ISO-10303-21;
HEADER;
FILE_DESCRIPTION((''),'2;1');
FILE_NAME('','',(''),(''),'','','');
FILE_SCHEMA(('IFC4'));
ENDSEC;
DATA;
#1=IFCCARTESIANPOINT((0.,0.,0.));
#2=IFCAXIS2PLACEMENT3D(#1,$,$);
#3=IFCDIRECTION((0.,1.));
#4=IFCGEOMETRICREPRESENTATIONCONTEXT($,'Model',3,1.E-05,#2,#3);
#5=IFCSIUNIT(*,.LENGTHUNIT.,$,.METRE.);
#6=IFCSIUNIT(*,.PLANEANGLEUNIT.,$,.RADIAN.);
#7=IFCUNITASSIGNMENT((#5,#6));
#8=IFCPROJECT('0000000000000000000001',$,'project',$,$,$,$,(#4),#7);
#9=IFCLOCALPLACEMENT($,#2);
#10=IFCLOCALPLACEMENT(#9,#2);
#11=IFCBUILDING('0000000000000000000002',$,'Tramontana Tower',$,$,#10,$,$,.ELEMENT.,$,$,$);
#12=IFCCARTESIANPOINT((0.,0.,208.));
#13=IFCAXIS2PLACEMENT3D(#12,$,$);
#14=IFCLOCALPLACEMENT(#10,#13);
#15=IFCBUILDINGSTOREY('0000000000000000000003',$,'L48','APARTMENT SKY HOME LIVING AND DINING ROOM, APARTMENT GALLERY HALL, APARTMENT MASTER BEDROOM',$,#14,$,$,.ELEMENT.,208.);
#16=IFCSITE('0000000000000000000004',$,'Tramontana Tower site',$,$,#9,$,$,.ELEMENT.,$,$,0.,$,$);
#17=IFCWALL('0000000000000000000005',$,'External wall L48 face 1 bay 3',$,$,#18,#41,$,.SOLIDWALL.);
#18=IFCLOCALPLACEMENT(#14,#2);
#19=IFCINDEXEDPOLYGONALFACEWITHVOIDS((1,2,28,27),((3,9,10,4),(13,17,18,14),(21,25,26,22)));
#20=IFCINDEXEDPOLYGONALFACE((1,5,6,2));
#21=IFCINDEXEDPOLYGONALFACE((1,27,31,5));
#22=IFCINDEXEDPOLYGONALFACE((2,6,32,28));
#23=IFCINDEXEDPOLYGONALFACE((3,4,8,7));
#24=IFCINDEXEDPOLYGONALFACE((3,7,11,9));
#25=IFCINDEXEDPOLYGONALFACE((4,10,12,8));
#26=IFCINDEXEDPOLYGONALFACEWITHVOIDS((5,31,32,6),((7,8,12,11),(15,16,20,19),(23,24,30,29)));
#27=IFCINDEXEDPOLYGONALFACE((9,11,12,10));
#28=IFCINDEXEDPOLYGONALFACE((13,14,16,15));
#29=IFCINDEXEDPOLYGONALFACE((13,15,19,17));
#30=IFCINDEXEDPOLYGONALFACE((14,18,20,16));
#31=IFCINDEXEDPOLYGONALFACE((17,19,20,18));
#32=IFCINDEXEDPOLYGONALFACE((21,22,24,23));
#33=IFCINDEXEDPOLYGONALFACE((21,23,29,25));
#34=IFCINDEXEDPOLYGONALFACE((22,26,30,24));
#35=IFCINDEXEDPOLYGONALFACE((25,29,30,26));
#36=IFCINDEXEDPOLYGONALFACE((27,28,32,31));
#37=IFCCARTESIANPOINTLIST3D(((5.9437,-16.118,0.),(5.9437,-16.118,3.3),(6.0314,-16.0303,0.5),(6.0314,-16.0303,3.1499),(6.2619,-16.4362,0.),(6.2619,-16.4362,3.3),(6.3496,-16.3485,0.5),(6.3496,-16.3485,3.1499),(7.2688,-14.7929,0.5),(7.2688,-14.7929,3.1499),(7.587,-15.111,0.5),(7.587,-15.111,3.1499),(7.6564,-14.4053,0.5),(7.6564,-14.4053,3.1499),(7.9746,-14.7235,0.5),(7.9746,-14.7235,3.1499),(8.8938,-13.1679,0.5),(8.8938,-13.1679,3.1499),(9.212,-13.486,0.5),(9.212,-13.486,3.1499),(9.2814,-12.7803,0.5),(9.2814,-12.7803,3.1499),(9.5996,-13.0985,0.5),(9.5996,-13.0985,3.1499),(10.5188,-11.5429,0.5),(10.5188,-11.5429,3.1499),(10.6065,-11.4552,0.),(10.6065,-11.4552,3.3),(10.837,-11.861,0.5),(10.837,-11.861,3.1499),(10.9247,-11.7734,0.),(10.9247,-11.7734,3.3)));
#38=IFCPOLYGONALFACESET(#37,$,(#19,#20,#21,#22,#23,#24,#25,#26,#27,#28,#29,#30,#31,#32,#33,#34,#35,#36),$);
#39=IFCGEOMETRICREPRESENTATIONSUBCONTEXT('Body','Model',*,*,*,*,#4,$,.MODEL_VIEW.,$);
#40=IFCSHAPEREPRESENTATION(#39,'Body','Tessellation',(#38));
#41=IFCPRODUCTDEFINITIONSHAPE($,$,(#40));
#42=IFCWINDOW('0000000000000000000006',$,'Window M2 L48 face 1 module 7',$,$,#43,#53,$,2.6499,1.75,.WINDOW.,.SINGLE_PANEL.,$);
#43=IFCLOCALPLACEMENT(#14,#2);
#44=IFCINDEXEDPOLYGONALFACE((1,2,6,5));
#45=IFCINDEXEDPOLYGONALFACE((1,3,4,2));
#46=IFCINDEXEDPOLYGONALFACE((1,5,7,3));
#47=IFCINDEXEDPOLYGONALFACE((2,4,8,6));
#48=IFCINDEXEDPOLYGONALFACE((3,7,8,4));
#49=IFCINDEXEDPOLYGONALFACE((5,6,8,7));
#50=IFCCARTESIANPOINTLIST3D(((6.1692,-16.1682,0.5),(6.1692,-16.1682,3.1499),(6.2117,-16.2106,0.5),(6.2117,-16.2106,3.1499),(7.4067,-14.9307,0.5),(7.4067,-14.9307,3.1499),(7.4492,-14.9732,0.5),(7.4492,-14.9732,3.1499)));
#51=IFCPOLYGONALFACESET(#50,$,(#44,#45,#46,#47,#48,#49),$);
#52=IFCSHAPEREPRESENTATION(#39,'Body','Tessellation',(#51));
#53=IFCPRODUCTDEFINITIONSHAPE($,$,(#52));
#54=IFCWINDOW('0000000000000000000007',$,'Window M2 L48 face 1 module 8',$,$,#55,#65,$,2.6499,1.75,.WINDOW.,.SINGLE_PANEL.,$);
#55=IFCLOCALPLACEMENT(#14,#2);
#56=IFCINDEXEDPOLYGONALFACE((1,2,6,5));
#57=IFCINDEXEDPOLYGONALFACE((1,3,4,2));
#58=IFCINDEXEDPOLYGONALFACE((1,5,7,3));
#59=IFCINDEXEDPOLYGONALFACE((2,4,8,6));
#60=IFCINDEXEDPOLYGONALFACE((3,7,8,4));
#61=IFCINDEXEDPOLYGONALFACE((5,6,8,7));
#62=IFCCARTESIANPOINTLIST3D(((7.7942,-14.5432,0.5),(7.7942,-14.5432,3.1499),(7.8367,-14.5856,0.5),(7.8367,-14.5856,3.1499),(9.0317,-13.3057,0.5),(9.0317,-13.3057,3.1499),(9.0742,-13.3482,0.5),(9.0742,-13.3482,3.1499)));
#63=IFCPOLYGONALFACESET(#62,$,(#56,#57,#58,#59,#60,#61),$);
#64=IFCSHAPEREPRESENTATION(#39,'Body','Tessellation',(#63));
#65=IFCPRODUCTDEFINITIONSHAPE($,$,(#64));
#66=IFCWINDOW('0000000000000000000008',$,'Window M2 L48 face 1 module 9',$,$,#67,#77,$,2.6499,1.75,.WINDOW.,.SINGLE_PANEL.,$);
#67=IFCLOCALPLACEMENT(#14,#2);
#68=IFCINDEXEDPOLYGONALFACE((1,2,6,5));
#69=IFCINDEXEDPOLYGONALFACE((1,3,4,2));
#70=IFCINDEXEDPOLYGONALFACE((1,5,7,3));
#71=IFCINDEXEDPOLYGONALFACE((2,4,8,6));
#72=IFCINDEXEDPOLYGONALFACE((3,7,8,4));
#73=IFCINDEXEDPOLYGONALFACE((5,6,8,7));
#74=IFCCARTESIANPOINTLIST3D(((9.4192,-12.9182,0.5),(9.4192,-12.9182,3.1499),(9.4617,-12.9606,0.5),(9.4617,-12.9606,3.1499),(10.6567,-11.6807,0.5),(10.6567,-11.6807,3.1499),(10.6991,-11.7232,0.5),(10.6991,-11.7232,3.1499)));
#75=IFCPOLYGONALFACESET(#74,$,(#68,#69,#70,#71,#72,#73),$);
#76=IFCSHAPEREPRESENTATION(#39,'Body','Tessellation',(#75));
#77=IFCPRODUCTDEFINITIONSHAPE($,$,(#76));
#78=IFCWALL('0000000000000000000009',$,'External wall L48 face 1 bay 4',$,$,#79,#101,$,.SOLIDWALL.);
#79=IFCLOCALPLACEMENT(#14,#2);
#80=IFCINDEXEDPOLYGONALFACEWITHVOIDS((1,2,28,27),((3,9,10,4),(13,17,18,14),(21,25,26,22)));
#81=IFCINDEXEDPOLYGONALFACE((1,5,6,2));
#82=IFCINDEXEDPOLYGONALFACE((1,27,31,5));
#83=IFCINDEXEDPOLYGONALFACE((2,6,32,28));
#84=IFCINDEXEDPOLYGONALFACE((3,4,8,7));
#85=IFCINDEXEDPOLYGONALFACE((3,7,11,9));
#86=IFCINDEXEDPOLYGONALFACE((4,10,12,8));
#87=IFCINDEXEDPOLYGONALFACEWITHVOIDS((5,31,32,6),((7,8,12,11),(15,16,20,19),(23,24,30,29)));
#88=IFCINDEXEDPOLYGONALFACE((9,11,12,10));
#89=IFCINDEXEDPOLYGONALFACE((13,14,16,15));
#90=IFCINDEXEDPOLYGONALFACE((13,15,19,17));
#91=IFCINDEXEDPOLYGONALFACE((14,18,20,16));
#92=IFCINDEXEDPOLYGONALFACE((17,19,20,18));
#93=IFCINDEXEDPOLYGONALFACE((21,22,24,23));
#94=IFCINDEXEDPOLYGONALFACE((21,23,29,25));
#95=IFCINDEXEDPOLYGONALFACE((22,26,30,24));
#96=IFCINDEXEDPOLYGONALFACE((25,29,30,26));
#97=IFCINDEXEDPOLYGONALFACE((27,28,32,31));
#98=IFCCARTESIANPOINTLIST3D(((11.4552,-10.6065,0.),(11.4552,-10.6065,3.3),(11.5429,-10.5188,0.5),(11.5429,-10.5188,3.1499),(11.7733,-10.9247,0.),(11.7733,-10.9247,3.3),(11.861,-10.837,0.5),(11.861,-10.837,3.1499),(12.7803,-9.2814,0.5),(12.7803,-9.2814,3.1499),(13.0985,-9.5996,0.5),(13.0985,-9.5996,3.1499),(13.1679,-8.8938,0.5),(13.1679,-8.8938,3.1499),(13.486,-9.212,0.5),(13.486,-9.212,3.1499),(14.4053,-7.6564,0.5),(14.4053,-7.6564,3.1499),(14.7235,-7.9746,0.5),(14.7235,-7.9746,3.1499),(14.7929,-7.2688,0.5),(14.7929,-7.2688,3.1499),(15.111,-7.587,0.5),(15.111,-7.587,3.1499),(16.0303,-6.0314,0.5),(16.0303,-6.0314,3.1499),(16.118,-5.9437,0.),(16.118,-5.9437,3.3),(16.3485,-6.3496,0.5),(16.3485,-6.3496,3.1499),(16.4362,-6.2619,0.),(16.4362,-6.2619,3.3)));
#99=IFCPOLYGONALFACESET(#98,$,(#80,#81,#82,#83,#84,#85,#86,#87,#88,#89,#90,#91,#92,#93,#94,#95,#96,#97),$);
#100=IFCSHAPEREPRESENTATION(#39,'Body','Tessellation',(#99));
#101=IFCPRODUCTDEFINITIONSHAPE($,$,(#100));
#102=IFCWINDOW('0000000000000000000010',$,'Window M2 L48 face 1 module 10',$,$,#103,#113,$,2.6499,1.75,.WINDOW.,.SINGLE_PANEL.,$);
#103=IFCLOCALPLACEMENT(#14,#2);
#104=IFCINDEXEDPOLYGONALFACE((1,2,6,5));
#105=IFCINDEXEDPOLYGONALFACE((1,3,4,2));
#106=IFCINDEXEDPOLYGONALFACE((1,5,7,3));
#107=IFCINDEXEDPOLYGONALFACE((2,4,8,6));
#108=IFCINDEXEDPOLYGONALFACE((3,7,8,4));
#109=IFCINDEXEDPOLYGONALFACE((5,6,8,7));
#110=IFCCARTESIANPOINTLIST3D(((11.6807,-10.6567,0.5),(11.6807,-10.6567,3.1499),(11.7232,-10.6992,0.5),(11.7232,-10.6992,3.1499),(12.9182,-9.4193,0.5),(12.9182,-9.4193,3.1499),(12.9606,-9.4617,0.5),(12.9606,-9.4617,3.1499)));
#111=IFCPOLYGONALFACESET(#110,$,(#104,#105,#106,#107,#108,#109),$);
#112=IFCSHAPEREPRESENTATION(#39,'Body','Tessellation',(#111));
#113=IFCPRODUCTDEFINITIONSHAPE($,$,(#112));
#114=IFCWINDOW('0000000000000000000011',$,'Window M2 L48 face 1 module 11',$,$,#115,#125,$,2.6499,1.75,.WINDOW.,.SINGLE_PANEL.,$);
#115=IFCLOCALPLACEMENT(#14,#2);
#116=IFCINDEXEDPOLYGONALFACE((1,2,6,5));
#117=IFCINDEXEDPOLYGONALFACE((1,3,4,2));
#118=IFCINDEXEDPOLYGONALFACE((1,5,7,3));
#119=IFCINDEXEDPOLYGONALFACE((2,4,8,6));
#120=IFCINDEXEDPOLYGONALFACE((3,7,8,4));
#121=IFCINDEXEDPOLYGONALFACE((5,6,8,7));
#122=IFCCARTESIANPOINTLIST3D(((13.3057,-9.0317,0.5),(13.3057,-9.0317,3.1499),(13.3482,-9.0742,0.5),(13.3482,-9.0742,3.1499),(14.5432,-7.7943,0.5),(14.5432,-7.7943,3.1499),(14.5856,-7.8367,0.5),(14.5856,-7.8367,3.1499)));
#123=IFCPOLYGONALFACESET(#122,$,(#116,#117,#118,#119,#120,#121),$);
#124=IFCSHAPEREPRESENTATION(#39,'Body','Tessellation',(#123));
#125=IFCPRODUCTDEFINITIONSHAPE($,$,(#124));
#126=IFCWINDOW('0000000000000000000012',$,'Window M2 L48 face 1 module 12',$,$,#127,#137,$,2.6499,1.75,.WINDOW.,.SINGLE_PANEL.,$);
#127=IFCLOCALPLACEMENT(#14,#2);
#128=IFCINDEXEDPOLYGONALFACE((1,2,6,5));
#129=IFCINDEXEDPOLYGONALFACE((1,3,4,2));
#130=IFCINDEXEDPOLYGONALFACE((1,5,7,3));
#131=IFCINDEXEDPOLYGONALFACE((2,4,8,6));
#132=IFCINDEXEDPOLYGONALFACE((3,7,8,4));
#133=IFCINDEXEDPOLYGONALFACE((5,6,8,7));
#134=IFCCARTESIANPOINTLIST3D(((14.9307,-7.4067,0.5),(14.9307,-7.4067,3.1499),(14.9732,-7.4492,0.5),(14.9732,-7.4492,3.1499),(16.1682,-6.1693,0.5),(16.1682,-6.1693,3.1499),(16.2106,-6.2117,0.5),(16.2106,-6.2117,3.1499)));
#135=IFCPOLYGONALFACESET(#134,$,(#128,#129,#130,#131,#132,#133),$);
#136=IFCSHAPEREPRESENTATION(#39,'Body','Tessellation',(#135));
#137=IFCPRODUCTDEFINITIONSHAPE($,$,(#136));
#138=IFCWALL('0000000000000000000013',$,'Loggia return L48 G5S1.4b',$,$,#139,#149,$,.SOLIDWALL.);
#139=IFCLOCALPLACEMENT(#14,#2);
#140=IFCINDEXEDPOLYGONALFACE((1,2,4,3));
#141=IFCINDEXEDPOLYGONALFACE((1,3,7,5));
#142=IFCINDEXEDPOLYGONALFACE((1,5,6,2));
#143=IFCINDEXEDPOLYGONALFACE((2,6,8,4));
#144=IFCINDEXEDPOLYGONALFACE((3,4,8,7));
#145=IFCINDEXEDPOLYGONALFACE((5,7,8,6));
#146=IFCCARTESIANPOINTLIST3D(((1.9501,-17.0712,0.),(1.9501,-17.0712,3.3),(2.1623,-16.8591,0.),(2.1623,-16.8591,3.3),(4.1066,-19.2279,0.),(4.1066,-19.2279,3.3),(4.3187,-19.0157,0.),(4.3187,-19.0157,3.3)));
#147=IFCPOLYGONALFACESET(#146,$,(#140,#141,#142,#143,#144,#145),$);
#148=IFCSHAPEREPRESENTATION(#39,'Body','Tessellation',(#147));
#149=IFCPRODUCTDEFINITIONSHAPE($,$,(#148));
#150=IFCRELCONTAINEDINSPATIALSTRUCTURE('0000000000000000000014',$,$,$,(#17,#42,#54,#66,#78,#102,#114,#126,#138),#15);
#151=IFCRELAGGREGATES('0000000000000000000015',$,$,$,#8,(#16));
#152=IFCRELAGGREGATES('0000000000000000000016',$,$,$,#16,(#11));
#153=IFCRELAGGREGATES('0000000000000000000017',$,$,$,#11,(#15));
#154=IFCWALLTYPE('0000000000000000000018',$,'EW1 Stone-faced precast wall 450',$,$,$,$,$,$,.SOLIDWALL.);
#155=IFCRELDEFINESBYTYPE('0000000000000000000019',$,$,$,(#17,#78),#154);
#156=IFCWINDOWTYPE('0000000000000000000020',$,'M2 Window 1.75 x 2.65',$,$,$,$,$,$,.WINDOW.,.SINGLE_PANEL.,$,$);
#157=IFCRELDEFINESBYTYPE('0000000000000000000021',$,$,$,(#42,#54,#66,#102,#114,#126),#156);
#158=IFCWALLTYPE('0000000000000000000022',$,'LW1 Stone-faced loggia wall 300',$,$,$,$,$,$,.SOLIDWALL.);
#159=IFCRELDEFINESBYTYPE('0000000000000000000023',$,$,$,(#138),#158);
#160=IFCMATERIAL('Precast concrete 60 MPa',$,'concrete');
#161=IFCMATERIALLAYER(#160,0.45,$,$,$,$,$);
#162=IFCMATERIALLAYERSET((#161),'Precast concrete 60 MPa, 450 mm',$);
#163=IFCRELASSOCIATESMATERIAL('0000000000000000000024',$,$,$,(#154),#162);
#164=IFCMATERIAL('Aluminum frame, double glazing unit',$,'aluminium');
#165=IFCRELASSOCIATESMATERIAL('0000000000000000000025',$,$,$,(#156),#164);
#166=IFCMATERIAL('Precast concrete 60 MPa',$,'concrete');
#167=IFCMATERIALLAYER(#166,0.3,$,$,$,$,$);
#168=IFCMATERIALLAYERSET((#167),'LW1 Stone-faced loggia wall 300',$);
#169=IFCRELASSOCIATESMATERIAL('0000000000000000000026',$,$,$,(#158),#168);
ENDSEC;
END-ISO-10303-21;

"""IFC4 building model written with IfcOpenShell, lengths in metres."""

from ifc_helpers import new_model, si_unit, direction, frame, frame_2d, origin, place, context, subcontext, project, spatial, rectangle, extrude, material, layer, layer_set, type_object, element, fill, save


model = new_model("IFC4")

# Units and contexts
model_context = context("Model", 3, precision=1e-05, world=origin(), true_north=direction((0.0, 1.0)))
body_context = subcontext(model_context, "Body", "Model", "MODEL_VIEW")
ifc_project = project(units=[si_unit("LENGTHUNIT", "METRE"), si_unit("PLANEANGLEUNIT", "RADIAN")], contexts=[model_context])

# Site, building, storey
site_placement = place(None, origin())
site = spatial("IfcSite", under=ifc_project, at=site_placement, Name="Tramontana Tower site", CompositionType="ELEMENT", RefElevation=0.0)
building_placement = place(site_placement, origin())
building = spatial("IfcBuilding", under=site, at=building_placement, Name="Tramontana Tower", CompositionType="ELEMENT")
storey_placement = place(building_placement, frame((0.0, 0.0, 208.0)))
storey = spatial("IfcBuildingStorey", under=building, at=storey_placement, Name="L48", Description="APARTMENT SKY HOME LIVING AND DINING ROOM, APARTMENT GALLERY HALL, APARTMENT MASTER BEDROOM", CompositionType="ELEMENT", Elevation=208.0)

# Walls, openings, windows
ifc_material_1 = material(Name="Precast concrete 60 MPa", Category="concrete")
ifc_layer_1 = layer(ifc_material_1, 0.45)
ifc_layer_set_1 = layer_set([ifc_layer_1], Name="Precast concrete 60 MPa, 450 mm")
wall_type_1 = type_object("IfcWallType", Name="EW1 Stone-faced precast wall 450", PredefinedType="SOLIDWALL", material=ifc_layer_set_1)
wall_1_placement = place(storey_placement, frame((6.1028, -16.2771, 0.0), z_axis=(0.0, 0.0, 1.0), x_axis=(0.707107, 0.707107, 0.0)))
wall_1 = element("IfcWall", 1, at=wall_1_placement, inside=storey, type_object=wall_type_1, Name="External wall L48 face 1 bay 3", PredefinedType="SOLIDWALL", context=body_context, shape_type="SweptSolid", body=[
    extrude(rectangle(XDim=6.5942, YDim=0.45, at=frame_2d((3.2971, 0.0))), origin(), (0.0, 0.0, 1.0), 3.3),
])
opening_1_placement = place(wall_1_placement, frame((0.124, 0.0, 0.5)))
opening_1 = element("IfcOpeningElement", 2, at=opening_1_placement, cuts=wall_1, PredefinedType="OPENING", context=body_context, shape_type="SweptSolid", body=[
    extrude(rectangle(XDim=1.75, YDim=2.6499, at=frame_2d((0.875, 1.325))), frame((0.0, 0.2349, 0.0), z_axis=(0.0, -1.0, 0.0), x_axis=(1.0, 0.0, 0.0)), (0.0, 0.0, 1.0), 0.47),
])
opening_2_placement = place(wall_1_placement, frame((2.4221, 0.0, 0.5)))
opening_2 = element("IfcOpeningElement", 3, at=opening_2_placement, cuts=wall_1, PredefinedType="OPENING", context=body_context, shape_type="SweptSolid", body=[
    extrude(rectangle(XDim=1.75, YDim=2.6499, at=frame_2d((0.875, 1.325))), frame((0.0, 0.2349, 0.0), z_axis=(0.0, -1.0, 0.0), x_axis=(1.0, 0.0, 0.0)), (0.0, 0.0, 1.0), 0.47),
])
opening_3_placement = place(wall_1_placement, frame((4.7202, 0.0, 0.5)))
opening_3 = element("IfcOpeningElement", 4, at=opening_3_placement, cuts=wall_1, PredefinedType="OPENING", context=body_context, shape_type="SweptSolid", body=[
    extrude(rectangle(XDim=1.75, YDim=2.6499, at=frame_2d((0.875, 1.325))), frame((0.0, 0.2349, 0.0), z_axis=(0.0, -1.0, 0.0), x_axis=(1.0, 0.0, 0.0)), (0.0, 0.0, 1.0), 0.47),
])
ifc_material_2 = material(Name="Aluminum frame, double glazing unit", Category="aluminium")
window_type = type_object("IfcWindowType", Name="M2 Window 1.75 x 2.65", PartitioningType="SINGLE_PANEL", PredefinedType="WINDOW", material=ifc_material_2)
window_1_placement = place(opening_1_placement, origin())
window_1 = element("IfcWindow", 5, at=window_1_placement, inside=storey, type_object=window_type, Name="Window M2 L48 face 1 module 7", OverallHeight=2.6499, OverallWidth=1.75, PartitioningType="SINGLE_PANEL", PredefinedType="WINDOW", context=body_context, shape_type="SweptSolid", body=[
    extrude(rectangle(XDim=1.75, YDim=2.6499, at=frame_2d((0.875, 1.325))), frame((0.0, 0.03, 0.0), z_axis=(0.0, -1.0, 0.0), x_axis=(1.0, 0.0, 0.0)), (0.0, 0.0, 1.0), 0.0601),
])
fill(opening_1, window_1)
window_2_placement = place(opening_2_placement, origin())
window_2 = element("IfcWindow", 6, at=window_2_placement, inside=storey, type_object=window_type, Name="Window M2 L48 face 1 module 8", OverallHeight=2.6499, OverallWidth=1.75, PartitioningType="SINGLE_PANEL", PredefinedType="WINDOW", context=body_context, shape_type="SweptSolid", body=[
    extrude(rectangle(XDim=1.75, YDim=2.6499, at=frame_2d((0.875, 1.325))), frame((0.0, 0.03, 0.0), z_axis=(0.0, -1.0, 0.0), x_axis=(1.0, 0.0, 0.0)), (0.0, 0.0, 1.0), 0.0601),
])
fill(opening_2, window_2)
window_3_placement = place(opening_3_placement, origin())
window_3 = element("IfcWindow", 7, at=window_3_placement, inside=storey, type_object=window_type, Name="Window M2 L48 face 1 module 9", OverallHeight=2.6499, OverallWidth=1.75, PartitioningType="SINGLE_PANEL", PredefinedType="WINDOW", context=body_context, shape_type="SweptSolid", body=[
    extrude(rectangle(XDim=1.75, YDim=2.6499, at=frame_2d((0.875, 1.325))), frame((0.0, 0.03, 0.0), z_axis=(0.0, -1.0, 0.0), x_axis=(1.0, 0.0, 0.0)), (0.0, 0.0, 1.0), 0.0601),
])
fill(opening_3, window_3)
wall_2_placement = place(storey_placement, frame((11.6143, -10.7656, 0.0), z_axis=(0.0, 0.0, 1.0), x_axis=(0.707107, 0.707107, 0.0)))
wall_2 = element("IfcWall", 8, at=wall_2_placement, inside=storey, type_object=wall_type_1, Name="External wall L48 face 1 bay 4", PredefinedType="SOLIDWALL", context=body_context, shape_type="SweptSolid", body=[
    extrude(rectangle(XDim=6.5942, YDim=0.45, at=frame_2d((3.2971, 0.0))), origin(), (0.0, 0.0, 1.0), 3.3),
])
opening_4_placement = place(wall_2_placement, frame((0.124, 0.0, 0.5)))
opening_4 = element("IfcOpeningElement", 9, at=opening_4_placement, cuts=wall_2, PredefinedType="OPENING", context=body_context, shape_type="SweptSolid", body=[
    extrude(rectangle(XDim=1.75, YDim=2.6499, at=frame_2d((0.875, 1.325))), frame((0.0, 0.2349, 0.0), z_axis=(0.0, -1.0, 0.0), x_axis=(1.0, 0.0, 0.0)), (0.0, 0.0, 1.0), 0.47),
])
opening_5_placement = place(wall_2_placement, frame((2.4221, 0.0, 0.5)))
opening_5 = element("IfcOpeningElement", 10, at=opening_5_placement, cuts=wall_2, PredefinedType="OPENING", context=body_context, shape_type="SweptSolid", body=[
    extrude(rectangle(XDim=1.75, YDim=2.6499, at=frame_2d((0.875, 1.325))), frame((0.0, 0.2349, 0.0), z_axis=(0.0, -1.0, 0.0), x_axis=(1.0, 0.0, 0.0)), (0.0, 0.0, 1.0), 0.47),
])
opening_6_placement = place(wall_2_placement, frame((4.7202, 0.0, 0.5)))
opening_6 = element("IfcOpeningElement", 11, at=opening_6_placement, cuts=wall_2, PredefinedType="OPENING", context=body_context, shape_type="SweptSolid", body=[
    extrude(rectangle(XDim=1.75, YDim=2.6499, at=frame_2d((0.875, 1.325))), frame((0.0, 0.2349, 0.0), z_axis=(0.0, -1.0, 0.0), x_axis=(1.0, 0.0, 0.0)), (0.0, 0.0, 1.0), 0.47),
])
window_4_placement = place(opening_4_placement, origin())
window_4 = element("IfcWindow", 12, at=window_4_placement, inside=storey, type_object=window_type, Name="Window M2 L48 face 1 module 10", OverallHeight=2.6499, OverallWidth=1.75, PartitioningType="SINGLE_PANEL", PredefinedType="WINDOW", context=body_context, shape_type="SweptSolid", body=[
    extrude(rectangle(XDim=1.75, YDim=2.6499, at=frame_2d((0.875, 1.325))), frame((0.0, 0.03, 0.0), z_axis=(0.0, -1.0, 0.0), x_axis=(1.0, 0.0, 0.0)), (0.0, 0.0, 1.0), 0.0601),
])
fill(opening_4, window_4)
window_5_placement = place(opening_5_placement, origin())
window_5 = element("IfcWindow", 13, at=window_5_placement, inside=storey, type_object=window_type, Name="Window M2 L48 face 1 module 11", OverallHeight=2.6499, OverallWidth=1.75, PartitioningType="SINGLE_PANEL", PredefinedType="WINDOW", context=body_context, shape_type="SweptSolid", body=[
    extrude(rectangle(XDim=1.75, YDim=2.6499, at=frame_2d((0.875, 1.325))), frame((0.0, 0.03, 0.0), z_axis=(0.0, -1.0, 0.0), x_axis=(1.0, 0.0, 0.0)), (0.0, 0.0, 1.0), 0.0601),
])
fill(opening_5, window_5)
window_6_placement = place(opening_6_placement, origin())
window_6 = element("IfcWindow", 14, at=window_6_placement, inside=storey, type_object=window_type, Name="Window M2 L48 face 1 module 12", OverallHeight=2.6499, OverallWidth=1.75, PartitioningType="SINGLE_PANEL", PredefinedType="WINDOW", context=body_context, shape_type="SweptSolid", body=[
    extrude(rectangle(XDim=1.75, YDim=2.6499, at=frame_2d((0.875, 1.325))), frame((0.0, 0.03, 0.0), z_axis=(0.0, -1.0, 0.0), x_axis=(1.0, 0.0, 0.0)), (0.0, 0.0, 1.0), 0.0601),
])
fill(opening_6, window_6)

# Wall
ifc_material_3 = material(Name="Precast concrete 60 MPa", Category="concrete")
ifc_layer_2 = layer(ifc_material_3, 0.3)
ifc_layer_set_2 = layer_set([ifc_layer_2], Name="LW1 Stone-faced loggia wall 300")
wall_type_2 = type_object("IfcWallType", Name="LW1 Stone-faced loggia wall 300", PredefinedType="SOLIDWALL", material=ifc_layer_set_2)
wall_3_placement = place(storey_placement, frame((4.2126, -19.1218, 0.0), z_axis=(0.0, 0.0, 1.0), x_axis=(-0.707067, 0.707147, 0.0)))
element("IfcWall", 15, at=wall_3_placement, inside=storey, type_object=wall_type_2, Name="Loggia return L48 G5S1.4b", PredefinedType="SOLIDWALL", context=body_context, shape_type="SweptSolid", body=[
    extrude(rectangle(XDim=3.0498, YDim=0.3, at=frame_2d((1.5249, 0.0))), origin(), (0.0, 0.0, 1.0), 3.3),
])

save(model, "model.ifc")
